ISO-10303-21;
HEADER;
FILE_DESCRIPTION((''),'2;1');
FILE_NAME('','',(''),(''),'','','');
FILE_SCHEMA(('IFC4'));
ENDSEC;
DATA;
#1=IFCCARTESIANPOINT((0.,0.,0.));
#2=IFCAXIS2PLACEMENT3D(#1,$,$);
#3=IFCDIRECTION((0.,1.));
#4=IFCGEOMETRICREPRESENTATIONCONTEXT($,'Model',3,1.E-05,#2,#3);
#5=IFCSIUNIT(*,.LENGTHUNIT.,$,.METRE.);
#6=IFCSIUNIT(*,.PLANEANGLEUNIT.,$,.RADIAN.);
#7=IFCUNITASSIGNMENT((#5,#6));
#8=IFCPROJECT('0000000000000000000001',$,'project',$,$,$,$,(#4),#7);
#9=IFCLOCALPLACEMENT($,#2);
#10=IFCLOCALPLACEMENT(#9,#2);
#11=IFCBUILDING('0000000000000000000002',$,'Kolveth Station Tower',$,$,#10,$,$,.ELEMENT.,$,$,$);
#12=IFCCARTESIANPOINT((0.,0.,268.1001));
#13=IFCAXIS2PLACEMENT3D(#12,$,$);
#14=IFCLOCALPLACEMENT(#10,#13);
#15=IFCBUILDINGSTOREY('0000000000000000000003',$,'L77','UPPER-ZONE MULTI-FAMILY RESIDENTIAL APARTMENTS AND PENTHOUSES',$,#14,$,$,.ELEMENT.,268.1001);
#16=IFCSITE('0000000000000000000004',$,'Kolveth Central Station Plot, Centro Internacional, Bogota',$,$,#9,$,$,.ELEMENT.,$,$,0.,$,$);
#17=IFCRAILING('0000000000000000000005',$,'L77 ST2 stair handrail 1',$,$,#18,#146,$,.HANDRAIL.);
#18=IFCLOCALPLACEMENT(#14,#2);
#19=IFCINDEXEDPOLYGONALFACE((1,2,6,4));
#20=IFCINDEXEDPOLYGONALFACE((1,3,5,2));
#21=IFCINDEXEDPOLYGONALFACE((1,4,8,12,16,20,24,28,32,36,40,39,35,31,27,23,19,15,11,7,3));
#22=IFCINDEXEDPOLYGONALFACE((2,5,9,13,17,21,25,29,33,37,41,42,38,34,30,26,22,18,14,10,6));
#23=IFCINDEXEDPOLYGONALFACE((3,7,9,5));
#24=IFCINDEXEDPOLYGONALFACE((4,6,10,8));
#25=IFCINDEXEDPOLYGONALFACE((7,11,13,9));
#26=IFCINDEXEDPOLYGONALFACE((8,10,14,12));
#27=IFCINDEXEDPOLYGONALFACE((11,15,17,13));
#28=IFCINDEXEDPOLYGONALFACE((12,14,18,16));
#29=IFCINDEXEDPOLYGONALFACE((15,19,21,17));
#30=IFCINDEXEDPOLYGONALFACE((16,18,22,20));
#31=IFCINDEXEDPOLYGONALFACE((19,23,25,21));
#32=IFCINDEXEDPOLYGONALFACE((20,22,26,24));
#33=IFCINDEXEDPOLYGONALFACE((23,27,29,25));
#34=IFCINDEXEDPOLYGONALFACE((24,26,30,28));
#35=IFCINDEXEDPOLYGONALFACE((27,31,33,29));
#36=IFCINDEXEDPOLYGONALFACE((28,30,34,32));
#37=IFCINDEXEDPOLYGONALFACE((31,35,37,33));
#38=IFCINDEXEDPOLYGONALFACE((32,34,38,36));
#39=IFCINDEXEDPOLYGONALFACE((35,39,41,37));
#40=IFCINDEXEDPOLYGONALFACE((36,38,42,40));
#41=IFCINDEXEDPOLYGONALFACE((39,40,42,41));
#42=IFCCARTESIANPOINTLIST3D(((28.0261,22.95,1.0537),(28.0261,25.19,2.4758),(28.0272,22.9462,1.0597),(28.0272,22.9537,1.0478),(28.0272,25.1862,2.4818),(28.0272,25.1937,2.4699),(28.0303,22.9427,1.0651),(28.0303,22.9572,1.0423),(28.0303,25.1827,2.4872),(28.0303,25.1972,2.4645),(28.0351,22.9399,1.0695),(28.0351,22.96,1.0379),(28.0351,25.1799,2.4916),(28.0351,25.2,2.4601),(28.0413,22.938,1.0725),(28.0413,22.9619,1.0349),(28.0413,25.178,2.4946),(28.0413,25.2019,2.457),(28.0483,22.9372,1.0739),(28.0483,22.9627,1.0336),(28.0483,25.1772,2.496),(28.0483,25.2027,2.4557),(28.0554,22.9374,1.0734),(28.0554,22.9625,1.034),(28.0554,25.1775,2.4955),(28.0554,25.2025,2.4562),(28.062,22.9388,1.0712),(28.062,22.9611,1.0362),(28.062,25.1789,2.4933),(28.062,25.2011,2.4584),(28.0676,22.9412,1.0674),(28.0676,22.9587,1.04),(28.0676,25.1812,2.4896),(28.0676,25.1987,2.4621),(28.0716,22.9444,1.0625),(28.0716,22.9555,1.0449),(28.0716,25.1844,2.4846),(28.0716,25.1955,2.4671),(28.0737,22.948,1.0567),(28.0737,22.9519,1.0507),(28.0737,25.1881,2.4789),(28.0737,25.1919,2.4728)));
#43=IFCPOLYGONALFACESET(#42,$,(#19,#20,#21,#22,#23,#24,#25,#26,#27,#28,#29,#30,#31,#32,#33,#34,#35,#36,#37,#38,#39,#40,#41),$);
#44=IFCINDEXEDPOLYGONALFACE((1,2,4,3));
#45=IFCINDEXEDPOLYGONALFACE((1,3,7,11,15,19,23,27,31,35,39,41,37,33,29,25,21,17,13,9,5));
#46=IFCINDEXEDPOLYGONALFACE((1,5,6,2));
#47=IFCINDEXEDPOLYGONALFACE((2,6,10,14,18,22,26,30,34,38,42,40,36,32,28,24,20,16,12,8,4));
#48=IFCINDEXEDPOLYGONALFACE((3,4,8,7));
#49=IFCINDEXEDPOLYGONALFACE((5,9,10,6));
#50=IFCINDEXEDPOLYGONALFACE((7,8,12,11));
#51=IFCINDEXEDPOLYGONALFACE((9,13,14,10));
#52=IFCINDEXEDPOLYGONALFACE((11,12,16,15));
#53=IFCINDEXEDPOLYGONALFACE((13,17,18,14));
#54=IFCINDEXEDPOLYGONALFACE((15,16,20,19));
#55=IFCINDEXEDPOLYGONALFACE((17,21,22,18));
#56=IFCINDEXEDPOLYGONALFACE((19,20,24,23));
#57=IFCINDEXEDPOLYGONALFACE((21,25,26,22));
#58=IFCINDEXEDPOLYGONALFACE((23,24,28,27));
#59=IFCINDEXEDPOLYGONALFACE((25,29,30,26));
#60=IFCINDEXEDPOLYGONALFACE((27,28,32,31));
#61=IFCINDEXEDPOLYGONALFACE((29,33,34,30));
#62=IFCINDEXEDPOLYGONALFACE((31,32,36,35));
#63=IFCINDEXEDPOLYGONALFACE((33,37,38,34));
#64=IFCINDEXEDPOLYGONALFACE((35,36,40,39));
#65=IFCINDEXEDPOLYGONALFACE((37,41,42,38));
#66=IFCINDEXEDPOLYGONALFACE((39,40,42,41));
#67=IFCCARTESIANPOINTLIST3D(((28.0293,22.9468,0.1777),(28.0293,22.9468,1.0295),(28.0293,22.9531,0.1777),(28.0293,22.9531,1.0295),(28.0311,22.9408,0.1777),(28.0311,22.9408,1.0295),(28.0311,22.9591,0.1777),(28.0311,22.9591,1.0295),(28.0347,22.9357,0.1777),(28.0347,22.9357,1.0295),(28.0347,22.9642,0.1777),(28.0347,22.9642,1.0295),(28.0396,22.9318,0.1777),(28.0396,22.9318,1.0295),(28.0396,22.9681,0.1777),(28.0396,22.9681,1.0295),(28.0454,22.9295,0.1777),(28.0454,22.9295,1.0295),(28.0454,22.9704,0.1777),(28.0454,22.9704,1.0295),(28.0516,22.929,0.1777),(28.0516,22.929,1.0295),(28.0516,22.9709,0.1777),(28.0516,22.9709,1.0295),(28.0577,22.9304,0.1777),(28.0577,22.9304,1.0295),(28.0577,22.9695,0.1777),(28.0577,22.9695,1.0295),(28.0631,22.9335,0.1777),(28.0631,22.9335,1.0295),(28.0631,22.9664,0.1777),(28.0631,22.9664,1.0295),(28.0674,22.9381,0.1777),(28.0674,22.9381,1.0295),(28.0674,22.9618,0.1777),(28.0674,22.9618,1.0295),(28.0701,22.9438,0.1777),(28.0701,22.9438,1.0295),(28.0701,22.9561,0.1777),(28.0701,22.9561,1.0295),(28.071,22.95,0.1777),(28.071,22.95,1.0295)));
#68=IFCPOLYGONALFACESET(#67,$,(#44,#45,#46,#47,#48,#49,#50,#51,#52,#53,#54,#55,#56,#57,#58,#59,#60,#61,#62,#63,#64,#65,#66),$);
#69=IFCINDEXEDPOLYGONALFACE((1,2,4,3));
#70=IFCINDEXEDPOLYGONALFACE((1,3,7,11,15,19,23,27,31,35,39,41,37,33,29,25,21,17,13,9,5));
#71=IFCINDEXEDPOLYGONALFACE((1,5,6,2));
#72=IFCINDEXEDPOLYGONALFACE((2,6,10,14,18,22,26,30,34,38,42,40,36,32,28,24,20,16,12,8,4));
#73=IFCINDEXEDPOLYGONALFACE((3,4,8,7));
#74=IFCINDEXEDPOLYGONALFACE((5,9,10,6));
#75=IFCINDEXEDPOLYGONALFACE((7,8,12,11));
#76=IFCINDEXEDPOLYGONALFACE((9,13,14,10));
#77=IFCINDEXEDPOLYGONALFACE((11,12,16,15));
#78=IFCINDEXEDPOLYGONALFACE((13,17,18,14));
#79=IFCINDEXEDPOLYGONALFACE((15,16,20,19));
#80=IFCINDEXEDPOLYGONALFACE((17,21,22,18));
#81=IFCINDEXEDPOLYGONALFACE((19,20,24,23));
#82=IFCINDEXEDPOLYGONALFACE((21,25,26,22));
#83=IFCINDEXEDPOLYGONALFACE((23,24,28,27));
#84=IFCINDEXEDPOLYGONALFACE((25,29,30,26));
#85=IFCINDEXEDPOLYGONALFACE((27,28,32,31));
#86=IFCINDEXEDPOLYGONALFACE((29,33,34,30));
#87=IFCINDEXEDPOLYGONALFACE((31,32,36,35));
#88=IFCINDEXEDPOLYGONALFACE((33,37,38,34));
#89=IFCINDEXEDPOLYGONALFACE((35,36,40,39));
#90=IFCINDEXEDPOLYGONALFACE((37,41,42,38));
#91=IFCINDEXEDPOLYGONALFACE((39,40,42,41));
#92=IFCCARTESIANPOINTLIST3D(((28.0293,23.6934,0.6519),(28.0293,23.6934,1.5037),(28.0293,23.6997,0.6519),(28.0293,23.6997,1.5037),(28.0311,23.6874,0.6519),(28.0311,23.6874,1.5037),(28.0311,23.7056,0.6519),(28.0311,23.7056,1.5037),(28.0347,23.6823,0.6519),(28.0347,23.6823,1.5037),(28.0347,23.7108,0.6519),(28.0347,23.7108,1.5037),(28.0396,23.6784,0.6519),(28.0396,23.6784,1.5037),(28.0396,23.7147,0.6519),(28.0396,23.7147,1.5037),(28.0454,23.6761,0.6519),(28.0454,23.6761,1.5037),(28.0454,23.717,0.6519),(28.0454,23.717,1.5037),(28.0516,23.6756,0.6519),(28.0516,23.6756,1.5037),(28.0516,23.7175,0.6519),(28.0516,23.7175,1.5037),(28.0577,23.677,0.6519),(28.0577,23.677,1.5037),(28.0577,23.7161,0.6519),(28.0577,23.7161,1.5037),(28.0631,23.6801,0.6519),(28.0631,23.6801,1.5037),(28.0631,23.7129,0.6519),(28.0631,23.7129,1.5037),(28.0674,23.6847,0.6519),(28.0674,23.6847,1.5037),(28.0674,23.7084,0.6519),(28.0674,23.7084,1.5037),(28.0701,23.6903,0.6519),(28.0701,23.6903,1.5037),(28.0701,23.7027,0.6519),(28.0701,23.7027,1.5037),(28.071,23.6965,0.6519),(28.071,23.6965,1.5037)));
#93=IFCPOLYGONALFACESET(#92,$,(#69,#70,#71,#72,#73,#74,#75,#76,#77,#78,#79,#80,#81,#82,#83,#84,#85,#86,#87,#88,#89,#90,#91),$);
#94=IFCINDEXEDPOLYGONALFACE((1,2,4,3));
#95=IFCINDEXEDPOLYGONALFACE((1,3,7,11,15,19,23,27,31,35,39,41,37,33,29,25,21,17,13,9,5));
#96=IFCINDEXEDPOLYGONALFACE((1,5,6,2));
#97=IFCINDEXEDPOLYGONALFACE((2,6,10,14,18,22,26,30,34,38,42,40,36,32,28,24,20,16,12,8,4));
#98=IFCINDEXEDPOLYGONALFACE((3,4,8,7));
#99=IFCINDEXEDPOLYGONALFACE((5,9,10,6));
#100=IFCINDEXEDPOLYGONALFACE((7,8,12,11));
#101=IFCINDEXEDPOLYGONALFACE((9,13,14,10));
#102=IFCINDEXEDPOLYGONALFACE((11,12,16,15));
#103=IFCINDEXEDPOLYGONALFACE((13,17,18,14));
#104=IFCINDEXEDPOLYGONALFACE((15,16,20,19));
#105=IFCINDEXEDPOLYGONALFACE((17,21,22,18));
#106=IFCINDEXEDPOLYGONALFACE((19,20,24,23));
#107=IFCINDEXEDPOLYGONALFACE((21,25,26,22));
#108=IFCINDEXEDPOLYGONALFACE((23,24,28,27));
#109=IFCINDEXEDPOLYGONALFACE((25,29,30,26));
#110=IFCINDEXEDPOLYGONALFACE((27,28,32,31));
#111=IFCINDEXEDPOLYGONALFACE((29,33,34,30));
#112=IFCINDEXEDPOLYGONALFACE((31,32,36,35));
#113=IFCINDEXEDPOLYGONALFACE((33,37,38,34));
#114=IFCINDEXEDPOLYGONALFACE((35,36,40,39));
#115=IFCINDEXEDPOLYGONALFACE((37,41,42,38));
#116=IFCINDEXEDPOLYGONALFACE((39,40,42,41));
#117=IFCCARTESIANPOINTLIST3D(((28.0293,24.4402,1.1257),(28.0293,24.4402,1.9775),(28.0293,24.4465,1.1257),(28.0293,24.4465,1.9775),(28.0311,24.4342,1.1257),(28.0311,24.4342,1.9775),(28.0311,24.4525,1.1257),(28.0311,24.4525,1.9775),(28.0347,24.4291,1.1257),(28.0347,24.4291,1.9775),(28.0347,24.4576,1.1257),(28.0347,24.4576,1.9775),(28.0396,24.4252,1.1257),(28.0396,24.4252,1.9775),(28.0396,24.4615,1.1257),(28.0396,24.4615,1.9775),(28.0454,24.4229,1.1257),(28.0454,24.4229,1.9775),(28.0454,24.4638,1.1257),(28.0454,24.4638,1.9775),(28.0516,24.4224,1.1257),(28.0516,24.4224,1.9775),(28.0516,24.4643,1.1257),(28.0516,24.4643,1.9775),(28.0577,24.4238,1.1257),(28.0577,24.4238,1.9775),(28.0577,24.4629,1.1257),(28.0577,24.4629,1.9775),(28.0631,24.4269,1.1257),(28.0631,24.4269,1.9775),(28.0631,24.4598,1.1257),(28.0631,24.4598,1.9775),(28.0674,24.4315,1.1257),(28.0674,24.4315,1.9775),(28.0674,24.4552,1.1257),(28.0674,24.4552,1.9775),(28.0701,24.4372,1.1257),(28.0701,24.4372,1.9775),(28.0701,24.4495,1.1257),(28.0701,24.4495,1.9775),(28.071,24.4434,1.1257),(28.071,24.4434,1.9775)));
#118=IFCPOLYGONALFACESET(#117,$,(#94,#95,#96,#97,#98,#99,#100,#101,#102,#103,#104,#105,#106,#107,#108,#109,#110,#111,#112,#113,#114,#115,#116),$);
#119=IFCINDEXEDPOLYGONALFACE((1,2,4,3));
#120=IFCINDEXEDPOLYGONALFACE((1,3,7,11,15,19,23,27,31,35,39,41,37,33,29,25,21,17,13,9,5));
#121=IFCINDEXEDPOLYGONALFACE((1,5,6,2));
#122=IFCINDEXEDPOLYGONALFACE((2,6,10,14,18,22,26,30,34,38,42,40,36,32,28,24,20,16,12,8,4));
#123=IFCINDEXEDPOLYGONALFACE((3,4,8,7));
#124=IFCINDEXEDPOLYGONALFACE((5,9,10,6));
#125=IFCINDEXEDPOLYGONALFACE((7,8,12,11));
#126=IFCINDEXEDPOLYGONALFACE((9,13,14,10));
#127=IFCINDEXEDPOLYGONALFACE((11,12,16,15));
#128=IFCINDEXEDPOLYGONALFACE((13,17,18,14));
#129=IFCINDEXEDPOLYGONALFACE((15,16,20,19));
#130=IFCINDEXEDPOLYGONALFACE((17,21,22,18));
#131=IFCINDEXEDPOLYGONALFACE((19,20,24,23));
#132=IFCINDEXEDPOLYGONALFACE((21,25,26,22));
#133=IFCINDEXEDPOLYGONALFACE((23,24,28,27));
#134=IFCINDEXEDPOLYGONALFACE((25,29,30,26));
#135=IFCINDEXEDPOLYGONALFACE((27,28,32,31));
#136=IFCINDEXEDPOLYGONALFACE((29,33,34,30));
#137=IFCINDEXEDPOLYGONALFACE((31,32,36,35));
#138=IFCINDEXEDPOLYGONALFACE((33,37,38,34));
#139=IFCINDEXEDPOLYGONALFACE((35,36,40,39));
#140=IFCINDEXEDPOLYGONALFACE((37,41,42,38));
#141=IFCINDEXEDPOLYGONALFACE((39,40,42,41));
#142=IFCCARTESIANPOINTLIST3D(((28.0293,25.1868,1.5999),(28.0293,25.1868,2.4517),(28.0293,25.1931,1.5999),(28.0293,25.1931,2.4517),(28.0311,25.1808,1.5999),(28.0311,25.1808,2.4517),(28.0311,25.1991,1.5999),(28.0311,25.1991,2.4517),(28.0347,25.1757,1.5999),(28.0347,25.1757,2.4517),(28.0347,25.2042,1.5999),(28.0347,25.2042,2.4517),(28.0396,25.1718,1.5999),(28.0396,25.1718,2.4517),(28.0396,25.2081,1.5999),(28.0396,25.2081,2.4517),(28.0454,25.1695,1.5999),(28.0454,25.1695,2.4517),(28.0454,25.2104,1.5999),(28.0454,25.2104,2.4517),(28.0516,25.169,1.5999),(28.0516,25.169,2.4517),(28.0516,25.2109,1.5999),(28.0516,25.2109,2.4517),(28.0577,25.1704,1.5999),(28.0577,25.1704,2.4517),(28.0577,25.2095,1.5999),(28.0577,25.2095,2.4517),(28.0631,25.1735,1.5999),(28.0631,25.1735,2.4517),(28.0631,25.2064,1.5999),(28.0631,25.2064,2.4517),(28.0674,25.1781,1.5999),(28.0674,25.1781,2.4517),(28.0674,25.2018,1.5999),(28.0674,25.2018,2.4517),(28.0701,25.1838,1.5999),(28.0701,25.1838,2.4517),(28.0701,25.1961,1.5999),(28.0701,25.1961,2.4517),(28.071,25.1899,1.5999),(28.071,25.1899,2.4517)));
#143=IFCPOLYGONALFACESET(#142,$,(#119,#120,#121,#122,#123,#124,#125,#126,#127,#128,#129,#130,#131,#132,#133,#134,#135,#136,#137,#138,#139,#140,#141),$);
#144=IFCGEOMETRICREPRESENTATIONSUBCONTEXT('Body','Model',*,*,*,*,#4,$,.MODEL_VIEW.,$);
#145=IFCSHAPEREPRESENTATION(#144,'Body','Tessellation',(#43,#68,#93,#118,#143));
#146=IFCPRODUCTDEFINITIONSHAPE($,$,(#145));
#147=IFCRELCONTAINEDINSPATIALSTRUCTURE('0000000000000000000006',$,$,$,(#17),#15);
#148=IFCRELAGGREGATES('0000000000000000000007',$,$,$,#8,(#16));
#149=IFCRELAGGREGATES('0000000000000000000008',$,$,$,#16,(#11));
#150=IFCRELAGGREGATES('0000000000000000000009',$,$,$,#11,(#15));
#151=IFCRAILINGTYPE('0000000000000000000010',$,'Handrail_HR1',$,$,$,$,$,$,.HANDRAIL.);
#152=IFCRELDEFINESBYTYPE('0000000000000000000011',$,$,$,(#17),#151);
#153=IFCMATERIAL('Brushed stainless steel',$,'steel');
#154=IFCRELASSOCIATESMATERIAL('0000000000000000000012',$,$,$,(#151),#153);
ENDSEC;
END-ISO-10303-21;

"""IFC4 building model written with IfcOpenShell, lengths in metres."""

from ifc_helpers import new_model, si_unit, direction, frame, origin, origin_2d, place, context, subcontext, project, spatial, circle, extrude, material, type_object, element, save


model = new_model("IFC4")

# Units and contexts
model_context = context("Model", 3, precision=1e-05, world=origin(), true_north=direction((0.0, 1.0)))
body_context = subcontext(model_context, "Body", "Model", "MODEL_VIEW")
ifc_project = project(units=[si_unit("LENGTHUNIT", "METRE"), si_unit("PLANEANGLEUNIT", "RADIAN")], contexts=[model_context])

# Site, building, storey
site_placement = place(None, origin())
site = spatial("IfcSite", under=ifc_project, at=site_placement, Name="Kolveth Central Station Plot, Centro Internacional, Bogota", CompositionType="ELEMENT", RefElevation=0.0)
building_placement = place(site_placement, origin())
building = spatial("IfcBuilding", under=site, at=building_placement, Name="Kolveth Station Tower", CompositionType="ELEMENT")
storey_placement = place(building_placement, frame((0.0, 0.0, 268.1001)))
storey = spatial("IfcBuildingStorey", under=building, at=storey_placement, Name="L77", Description="UPPER-ZONE MULTI-FAMILY RESIDENTIAL APARTMENTS AND PENTHOUSES", CompositionType="ELEMENT", Elevation=268.1001)

# Railing
ifc_material_1 = material(Name="Brushed stainless steel", Category="steel")
railing_type_1 = type_object("IfcRailingType", Name="Handrail_HR1", PredefinedType="HANDRAIL", material=ifc_material_1)
railing_1_placement = place(storey_placement, frame((28.05, 22.95, 0.1777)))
element("IfcRailing", 1, at=railing_1_placement, inside=storey, type_object=railing_type_1, Name="L77 ST2 stair handrail 1", PredefinedType="HANDRAIL", context=body_context, shape_type="SweptSolid", body=[
    extrude(circle(Radius=0.0239, at=origin_2d()), frame((0.0, 0.0, 0.876), z_axis=(0.0, 0.844229, 0.535982), x_axis=(-1.0, 0.0, 0.0)), (0.0, 0.0, 1.0), 2.6533),
    extrude(circle(Radius=0.021, at=origin_2d()), origin(), (0.0, 0.0, 1.0), 0.8518),
    extrude(circle(Radius=0.021, at=origin_2d()), frame((0.0, 0.7466, 0.4741)), (0.0, 0.0, 1.0), 0.8518),
    extrude(circle(Radius=0.021, at=origin_2d()), frame((0.0, 1.4934, 0.948)), (0.0, 0.0, 1.0), 0.8518),
    extrude(circle(Radius=0.021, at=origin_2d()), frame((0.0, 2.24, 1.4221)), (0.0, 0.0, 1.0), 0.8518),
])

save(model, "model.ifc")
